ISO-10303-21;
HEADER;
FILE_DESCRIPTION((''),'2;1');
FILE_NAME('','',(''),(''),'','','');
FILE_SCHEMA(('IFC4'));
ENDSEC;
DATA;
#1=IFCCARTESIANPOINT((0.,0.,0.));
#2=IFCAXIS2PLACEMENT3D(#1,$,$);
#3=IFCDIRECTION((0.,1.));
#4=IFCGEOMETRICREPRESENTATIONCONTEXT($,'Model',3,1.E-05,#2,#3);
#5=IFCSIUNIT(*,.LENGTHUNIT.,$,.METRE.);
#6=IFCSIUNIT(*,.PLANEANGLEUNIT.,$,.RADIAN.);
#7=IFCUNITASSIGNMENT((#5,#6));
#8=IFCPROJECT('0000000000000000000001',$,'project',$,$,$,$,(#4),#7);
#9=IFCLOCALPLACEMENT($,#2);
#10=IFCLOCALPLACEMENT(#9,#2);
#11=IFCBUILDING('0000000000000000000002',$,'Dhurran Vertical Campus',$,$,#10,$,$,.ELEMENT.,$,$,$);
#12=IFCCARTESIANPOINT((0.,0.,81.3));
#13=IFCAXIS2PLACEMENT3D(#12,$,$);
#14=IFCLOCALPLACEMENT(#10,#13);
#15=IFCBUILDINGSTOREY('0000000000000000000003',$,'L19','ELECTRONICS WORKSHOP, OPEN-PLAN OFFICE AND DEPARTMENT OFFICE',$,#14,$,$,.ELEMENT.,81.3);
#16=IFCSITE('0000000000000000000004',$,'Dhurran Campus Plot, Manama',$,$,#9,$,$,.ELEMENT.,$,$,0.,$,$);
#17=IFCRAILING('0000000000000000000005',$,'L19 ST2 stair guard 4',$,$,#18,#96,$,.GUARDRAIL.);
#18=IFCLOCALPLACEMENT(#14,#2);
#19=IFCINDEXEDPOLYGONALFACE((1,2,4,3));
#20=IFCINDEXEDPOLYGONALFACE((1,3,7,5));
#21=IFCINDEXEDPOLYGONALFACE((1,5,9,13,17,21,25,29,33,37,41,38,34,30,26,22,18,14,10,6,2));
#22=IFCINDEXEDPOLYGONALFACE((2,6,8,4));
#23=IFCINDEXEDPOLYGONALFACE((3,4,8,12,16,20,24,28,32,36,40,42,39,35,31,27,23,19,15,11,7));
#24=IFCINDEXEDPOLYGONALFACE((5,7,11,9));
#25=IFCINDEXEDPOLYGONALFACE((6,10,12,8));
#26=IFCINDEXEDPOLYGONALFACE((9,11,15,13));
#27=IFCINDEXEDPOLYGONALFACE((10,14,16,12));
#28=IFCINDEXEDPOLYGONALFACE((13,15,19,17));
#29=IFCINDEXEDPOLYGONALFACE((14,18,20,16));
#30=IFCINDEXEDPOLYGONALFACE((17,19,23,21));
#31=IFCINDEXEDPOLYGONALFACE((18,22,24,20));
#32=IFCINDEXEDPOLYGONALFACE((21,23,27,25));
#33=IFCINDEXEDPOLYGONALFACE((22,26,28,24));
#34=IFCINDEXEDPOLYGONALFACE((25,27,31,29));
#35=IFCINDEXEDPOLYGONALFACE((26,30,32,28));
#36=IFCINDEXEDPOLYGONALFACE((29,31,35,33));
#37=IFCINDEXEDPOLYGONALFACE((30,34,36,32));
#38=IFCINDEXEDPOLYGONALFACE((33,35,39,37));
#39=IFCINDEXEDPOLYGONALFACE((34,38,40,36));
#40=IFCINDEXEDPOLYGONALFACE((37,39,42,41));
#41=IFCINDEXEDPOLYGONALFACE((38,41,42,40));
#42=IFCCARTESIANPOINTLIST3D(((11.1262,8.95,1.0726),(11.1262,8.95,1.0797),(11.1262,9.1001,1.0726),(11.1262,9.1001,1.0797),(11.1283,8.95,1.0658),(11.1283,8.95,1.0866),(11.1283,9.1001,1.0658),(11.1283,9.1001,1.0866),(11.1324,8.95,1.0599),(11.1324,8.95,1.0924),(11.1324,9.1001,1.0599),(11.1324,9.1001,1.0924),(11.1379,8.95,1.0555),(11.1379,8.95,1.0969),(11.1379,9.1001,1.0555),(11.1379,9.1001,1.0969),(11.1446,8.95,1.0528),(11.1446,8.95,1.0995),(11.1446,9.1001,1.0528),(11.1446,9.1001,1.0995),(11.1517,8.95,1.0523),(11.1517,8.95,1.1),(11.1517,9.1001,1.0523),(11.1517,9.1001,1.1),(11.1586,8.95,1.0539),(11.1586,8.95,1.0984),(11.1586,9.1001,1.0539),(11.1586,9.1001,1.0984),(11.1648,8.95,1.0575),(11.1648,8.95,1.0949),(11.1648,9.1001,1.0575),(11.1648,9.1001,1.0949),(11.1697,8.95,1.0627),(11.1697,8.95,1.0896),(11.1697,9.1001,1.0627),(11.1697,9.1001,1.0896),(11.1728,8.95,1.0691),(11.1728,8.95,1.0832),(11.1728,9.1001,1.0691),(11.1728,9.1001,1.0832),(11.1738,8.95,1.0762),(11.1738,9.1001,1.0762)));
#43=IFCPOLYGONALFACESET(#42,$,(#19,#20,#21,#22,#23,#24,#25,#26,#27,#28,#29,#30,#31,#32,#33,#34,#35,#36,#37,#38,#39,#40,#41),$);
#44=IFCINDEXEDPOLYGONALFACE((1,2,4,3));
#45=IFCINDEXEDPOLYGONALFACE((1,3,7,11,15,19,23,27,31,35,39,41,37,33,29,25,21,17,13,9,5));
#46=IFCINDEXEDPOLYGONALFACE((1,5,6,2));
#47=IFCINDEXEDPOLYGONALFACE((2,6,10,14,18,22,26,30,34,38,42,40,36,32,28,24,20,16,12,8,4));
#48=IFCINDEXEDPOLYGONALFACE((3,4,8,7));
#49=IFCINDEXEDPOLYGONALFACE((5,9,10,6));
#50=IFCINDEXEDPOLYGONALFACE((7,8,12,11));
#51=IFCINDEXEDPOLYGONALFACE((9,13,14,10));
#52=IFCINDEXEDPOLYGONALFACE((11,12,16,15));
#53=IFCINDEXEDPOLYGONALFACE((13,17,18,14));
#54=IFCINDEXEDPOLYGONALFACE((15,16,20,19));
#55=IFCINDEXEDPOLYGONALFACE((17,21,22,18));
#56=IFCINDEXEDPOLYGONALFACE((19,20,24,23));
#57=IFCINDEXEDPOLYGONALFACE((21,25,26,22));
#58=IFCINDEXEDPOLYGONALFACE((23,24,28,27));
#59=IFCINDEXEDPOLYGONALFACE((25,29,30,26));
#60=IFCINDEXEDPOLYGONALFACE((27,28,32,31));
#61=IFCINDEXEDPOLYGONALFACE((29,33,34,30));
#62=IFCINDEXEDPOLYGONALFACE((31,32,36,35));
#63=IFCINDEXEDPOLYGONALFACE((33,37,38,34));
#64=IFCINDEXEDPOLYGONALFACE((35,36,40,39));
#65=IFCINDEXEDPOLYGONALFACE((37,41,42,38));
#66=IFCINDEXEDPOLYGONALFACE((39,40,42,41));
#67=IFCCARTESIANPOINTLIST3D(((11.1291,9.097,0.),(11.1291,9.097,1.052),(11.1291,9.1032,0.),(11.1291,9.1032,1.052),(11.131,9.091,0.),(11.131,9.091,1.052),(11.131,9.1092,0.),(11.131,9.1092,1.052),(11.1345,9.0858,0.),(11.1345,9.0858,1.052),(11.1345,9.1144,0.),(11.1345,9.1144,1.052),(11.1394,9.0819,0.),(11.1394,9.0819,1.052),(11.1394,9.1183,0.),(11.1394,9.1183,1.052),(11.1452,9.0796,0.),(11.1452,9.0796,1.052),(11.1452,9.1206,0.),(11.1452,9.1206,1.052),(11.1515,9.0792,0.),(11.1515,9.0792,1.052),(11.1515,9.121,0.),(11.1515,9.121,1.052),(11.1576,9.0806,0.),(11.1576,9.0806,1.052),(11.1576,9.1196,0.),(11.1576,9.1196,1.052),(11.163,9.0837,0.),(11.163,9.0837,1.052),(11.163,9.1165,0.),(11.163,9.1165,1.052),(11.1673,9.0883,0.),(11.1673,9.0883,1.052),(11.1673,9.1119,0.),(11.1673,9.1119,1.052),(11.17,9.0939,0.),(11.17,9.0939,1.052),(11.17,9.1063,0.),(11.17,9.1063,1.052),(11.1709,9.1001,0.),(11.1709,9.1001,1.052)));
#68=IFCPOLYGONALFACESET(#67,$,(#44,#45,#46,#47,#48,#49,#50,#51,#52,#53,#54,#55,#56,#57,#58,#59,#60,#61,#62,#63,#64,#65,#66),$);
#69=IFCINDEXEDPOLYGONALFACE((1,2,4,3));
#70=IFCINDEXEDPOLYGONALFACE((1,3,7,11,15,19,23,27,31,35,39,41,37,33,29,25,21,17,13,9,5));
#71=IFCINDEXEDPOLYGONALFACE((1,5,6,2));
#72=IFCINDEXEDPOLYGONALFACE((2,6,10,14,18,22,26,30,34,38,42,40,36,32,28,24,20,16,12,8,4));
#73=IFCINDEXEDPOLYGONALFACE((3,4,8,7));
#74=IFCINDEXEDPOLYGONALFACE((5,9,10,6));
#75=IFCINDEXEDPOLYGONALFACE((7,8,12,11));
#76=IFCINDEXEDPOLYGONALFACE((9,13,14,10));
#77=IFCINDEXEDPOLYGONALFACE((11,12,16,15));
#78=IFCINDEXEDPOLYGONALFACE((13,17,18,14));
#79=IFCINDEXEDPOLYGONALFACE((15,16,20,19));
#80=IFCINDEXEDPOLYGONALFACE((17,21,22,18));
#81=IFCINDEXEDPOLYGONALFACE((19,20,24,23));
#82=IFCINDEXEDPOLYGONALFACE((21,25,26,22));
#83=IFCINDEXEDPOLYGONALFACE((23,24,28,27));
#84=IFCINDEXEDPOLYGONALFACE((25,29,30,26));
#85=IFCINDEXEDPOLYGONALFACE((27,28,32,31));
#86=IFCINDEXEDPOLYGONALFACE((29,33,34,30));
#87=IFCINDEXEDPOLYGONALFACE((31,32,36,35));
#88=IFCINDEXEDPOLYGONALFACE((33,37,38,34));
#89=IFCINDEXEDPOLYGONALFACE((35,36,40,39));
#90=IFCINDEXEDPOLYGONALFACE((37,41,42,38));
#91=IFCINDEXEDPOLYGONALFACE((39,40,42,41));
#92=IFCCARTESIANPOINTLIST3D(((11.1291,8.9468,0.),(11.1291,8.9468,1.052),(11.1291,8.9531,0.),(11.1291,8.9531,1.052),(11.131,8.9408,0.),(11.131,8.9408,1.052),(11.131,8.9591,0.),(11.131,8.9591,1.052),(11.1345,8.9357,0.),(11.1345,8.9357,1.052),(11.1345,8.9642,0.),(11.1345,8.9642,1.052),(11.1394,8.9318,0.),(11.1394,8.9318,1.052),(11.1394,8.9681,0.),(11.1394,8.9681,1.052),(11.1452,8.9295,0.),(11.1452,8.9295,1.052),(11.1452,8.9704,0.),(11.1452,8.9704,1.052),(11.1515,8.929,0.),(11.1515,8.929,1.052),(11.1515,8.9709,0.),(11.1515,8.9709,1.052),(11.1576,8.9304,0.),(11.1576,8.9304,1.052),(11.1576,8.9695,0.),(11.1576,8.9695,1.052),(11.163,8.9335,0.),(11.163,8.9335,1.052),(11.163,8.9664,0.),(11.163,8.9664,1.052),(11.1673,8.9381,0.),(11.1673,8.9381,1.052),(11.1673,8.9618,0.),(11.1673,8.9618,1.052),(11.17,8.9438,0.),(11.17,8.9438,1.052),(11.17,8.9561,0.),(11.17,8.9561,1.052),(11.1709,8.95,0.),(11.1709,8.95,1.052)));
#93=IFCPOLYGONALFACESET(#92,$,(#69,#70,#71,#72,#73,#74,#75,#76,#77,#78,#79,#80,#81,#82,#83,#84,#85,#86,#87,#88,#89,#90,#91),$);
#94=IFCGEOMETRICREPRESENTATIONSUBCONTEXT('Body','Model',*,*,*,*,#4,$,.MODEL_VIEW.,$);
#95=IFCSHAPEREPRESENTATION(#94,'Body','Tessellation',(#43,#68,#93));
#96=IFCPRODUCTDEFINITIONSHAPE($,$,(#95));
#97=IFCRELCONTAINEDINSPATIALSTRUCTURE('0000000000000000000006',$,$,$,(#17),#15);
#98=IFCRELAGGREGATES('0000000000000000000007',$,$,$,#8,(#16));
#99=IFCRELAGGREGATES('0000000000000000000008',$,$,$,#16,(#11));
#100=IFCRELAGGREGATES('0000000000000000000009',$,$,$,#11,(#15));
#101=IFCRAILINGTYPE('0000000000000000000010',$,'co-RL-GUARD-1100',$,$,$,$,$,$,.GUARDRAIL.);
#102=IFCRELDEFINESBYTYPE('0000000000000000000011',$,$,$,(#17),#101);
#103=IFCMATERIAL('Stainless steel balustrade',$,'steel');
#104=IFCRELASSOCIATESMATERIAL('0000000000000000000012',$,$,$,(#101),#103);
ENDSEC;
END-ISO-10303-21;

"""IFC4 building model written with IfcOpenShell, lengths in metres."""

from ifc_helpers import new_model, si_unit, direction, frame, origin, origin_2d, place, context, subcontext, project, spatial, circle, extrude, material, type_object, element, save


model = new_model("IFC4")

# Units and contexts
model_context = context("Model", 3, precision=1e-05, world=origin(), true_north=direction((0.0, 1.0)))
body_context = subcontext(model_context, "Body", "Model", "MODEL_VIEW")
ifc_project = project(units=[si_unit("LENGTHUNIT", "METRE"), si_unit("PLANEANGLEUNIT", "RADIAN")], contexts=[model_context])

# Site, building, storey
site_placement = place(None, origin())
site = spatial("IfcSite", under=ifc_project, at=site_placement, Name="Dhurran Campus Plot, Manama", CompositionType="ELEMENT", RefElevation=0.0)
building_placement = place(site_placement, origin())
building = spatial("IfcBuilding", under=site, at=building_placement, Name="Dhurran Vertical Campus", CompositionType="ELEMENT")
storey_placement = place(building_placement, frame((0.0, 0.0, 81.3)))
storey = spatial("IfcBuildingStorey", under=building, at=storey_placement, Name="L19", Description="ELECTRONICS WORKSHOP, OPEN-PLAN OFFICE AND DEPARTMENT OFFICE", CompositionType="ELEMENT", Elevation=81.3)

# Railing
ifc_material_1 = material(Name="Stainless steel balustrade", Category="steel")
railing_type_1 = type_object("IfcRailingType", Name="co-RL-GUARD-1100", PredefinedType="GUARDRAIL", material=ifc_material_1)
railing_1_placement = place(storey_placement, frame((11.1499, 9.1001, 0.0)))
element("IfcRailing", 1, at=railing_1_placement, inside=storey, type_object=railing_type_1, Name="L19 ST2 stair guard 4", PredefinedType="GUARDRAIL", context=body_context, shape_type="SweptSolid", body=[
    extrude(circle(Radius=0.0239, at=origin_2d()), frame((0.0, 0.0, 1.0762), z_axis=(0.0, -1.0, 0.0), x_axis=(1.0, 0.0, 0.0)), (0.0, 0.0, 1.0), 0.1501),
    extrude(circle(Radius=0.021, at=origin_2d()), origin(), (0.0, 0.0, 1.0), 1.052),
    extrude(circle(Radius=0.021, at=origin_2d()), frame((0.0, -0.1501, 0.0)), (0.0, 0.0, 1.0), 1.052),
])

save(model, "model.ifc")
